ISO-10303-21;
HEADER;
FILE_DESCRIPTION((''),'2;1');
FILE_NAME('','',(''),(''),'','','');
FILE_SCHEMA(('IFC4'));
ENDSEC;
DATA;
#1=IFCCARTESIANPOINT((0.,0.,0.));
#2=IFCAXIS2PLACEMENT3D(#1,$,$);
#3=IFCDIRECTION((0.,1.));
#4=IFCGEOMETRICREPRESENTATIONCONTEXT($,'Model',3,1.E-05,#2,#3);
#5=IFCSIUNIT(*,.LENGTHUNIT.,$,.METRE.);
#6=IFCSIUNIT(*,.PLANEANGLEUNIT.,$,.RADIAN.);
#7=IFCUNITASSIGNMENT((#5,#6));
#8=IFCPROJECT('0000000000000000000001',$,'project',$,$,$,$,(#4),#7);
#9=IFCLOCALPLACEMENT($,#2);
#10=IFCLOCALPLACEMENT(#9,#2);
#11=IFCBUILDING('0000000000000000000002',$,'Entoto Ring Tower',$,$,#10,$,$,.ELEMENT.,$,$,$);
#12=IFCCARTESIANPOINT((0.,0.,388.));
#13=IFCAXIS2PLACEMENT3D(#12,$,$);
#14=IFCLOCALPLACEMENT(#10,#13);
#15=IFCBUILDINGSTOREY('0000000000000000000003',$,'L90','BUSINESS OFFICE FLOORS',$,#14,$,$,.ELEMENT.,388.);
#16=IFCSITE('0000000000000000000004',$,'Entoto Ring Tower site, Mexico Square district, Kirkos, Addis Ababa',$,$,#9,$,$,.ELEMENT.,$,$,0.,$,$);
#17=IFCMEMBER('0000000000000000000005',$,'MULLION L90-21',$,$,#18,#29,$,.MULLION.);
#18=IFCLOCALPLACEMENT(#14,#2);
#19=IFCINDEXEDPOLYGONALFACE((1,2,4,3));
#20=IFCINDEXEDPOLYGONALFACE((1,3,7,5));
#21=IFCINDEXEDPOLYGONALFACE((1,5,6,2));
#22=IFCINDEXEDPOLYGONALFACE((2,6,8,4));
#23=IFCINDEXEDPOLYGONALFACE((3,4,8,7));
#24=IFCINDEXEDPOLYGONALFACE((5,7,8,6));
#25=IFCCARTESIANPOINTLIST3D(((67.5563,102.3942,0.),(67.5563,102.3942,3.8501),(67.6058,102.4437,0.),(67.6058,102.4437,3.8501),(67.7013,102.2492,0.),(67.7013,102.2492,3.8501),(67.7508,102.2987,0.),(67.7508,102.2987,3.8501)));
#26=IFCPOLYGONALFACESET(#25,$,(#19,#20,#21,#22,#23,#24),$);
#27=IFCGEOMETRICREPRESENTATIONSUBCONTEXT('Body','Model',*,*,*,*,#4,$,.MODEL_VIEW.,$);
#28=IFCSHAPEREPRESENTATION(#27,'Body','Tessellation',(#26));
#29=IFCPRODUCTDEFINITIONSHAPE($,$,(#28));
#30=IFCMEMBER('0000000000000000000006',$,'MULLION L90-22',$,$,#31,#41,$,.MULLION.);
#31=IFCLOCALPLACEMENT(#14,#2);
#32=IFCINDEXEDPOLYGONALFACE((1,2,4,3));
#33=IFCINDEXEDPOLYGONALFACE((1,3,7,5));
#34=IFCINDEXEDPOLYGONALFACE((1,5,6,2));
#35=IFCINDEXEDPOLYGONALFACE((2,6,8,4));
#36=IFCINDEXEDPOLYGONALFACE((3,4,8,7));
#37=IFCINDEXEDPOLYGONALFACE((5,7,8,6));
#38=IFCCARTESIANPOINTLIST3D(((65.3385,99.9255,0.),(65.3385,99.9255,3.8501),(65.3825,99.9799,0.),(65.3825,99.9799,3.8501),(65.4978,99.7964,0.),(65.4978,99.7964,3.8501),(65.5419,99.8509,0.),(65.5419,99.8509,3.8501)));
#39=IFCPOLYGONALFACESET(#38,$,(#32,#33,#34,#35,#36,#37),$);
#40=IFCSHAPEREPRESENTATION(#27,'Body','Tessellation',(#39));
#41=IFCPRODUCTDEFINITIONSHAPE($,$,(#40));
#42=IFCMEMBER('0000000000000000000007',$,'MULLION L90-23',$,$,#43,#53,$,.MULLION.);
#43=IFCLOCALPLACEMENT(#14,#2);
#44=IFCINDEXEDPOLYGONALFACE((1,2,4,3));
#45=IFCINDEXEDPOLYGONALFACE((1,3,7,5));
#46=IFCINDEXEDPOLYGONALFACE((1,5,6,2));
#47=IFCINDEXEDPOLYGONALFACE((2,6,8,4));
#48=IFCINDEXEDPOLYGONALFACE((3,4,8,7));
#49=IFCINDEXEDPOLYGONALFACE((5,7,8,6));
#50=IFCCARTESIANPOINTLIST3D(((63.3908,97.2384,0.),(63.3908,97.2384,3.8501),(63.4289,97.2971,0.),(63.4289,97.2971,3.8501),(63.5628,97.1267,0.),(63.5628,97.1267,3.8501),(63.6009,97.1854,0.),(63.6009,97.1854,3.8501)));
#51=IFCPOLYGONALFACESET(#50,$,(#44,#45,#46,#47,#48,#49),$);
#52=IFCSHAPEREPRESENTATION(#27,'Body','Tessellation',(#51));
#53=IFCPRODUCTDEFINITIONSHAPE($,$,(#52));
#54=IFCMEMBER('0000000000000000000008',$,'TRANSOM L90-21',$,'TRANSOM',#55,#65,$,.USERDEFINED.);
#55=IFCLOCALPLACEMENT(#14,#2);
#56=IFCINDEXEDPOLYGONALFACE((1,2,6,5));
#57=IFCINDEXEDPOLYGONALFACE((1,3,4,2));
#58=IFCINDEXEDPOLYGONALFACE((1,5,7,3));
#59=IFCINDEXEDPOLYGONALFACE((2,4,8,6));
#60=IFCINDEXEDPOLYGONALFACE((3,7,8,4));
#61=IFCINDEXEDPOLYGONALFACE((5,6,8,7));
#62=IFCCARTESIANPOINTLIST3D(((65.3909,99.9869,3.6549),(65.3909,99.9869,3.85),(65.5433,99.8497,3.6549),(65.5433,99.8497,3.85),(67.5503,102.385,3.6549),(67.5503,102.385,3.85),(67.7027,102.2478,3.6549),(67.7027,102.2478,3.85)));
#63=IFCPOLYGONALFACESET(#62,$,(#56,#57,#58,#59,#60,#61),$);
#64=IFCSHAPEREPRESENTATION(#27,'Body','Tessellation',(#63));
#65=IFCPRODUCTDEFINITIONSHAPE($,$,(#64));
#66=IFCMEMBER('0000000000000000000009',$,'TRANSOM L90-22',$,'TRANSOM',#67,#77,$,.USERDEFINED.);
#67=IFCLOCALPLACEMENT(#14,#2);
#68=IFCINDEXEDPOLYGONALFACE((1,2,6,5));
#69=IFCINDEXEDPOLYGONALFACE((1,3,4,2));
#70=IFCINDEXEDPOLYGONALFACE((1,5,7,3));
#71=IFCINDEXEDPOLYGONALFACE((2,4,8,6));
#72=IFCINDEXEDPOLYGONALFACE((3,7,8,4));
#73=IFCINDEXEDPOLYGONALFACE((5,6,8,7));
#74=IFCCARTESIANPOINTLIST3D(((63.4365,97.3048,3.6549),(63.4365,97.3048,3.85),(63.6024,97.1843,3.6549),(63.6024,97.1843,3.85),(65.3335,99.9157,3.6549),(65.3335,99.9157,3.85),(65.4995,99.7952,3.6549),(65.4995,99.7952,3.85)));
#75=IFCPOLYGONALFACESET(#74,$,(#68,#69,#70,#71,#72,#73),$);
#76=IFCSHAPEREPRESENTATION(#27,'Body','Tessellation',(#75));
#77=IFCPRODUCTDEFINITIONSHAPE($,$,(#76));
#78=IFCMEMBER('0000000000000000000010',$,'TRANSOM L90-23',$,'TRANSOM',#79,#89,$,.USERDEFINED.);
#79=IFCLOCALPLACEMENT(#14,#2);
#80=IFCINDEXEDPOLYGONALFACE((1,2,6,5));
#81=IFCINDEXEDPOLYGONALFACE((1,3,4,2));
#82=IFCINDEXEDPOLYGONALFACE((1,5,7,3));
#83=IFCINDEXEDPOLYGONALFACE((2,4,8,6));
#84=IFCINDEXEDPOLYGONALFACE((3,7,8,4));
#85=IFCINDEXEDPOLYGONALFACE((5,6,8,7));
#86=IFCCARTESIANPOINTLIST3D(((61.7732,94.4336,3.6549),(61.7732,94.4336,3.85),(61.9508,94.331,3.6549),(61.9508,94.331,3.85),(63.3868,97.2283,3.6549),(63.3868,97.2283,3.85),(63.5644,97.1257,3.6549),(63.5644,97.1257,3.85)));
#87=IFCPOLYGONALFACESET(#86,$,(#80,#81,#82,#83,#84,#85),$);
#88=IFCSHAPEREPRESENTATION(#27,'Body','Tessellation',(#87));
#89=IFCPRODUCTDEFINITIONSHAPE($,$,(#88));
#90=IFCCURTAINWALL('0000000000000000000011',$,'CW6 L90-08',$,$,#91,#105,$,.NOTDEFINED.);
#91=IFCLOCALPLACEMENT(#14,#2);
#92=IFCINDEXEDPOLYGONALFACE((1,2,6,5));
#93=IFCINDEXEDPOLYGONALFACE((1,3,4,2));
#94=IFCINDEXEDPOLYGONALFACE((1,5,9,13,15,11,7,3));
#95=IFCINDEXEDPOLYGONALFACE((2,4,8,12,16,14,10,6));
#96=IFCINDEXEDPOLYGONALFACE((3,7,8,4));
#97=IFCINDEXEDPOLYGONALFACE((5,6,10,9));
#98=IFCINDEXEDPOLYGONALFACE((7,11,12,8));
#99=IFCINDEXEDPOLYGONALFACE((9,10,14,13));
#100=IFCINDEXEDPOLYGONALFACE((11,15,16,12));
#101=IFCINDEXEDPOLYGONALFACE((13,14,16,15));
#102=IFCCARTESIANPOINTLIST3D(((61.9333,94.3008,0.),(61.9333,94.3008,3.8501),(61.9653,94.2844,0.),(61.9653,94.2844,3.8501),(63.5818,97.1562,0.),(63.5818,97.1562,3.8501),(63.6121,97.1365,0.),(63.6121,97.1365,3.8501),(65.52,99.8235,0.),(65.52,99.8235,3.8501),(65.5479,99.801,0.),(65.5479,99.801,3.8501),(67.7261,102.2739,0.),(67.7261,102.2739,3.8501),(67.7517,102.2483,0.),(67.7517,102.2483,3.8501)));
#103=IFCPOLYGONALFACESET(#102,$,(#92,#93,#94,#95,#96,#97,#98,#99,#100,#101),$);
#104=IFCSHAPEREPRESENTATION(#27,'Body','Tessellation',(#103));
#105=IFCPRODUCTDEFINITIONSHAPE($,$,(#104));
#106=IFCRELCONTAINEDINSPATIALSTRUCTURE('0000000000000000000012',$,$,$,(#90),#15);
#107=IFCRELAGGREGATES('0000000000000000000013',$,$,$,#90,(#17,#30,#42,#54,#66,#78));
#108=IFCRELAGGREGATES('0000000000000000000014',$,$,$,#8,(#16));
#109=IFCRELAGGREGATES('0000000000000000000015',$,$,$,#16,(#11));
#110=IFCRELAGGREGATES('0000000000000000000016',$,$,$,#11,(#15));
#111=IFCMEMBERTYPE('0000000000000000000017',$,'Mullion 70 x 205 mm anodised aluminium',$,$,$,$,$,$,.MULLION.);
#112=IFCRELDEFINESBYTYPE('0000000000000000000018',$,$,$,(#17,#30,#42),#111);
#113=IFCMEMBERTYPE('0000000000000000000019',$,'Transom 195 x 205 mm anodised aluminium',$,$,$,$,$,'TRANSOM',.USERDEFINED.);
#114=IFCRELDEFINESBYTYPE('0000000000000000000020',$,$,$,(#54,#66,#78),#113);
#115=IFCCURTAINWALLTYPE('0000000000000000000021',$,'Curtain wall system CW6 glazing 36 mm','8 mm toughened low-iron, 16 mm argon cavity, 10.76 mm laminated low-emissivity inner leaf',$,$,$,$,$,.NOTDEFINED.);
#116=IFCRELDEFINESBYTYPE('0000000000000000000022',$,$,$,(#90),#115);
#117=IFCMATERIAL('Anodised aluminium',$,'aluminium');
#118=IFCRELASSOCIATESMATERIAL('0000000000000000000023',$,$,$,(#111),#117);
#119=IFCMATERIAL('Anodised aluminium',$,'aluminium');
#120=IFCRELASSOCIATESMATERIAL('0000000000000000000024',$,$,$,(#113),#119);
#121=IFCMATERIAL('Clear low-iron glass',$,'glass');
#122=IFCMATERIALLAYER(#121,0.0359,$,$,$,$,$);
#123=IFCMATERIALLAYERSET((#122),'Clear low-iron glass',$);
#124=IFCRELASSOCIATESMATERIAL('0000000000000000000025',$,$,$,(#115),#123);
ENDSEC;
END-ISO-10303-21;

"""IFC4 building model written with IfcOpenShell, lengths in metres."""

from ifc_helpers import new_model, si_unit, direction, frame, origin, origin_2d, place, context, subcontext, project, spatial, polyline, rectangle, outline, extrude, material, layer, layer_set, material_profile, profile_set, type_object, element, aggregate, save


model = new_model("IFC4")

# Units and contexts
model_context = context("Model", 3, precision=1e-05, world=origin(), true_north=direction((0.0, 1.0)))
body_context = subcontext(model_context, "Body", "Model", "MODEL_VIEW")
ifc_project = project(units=[si_unit("LENGTHUNIT", "METRE"), si_unit("PLANEANGLEUNIT", "RADIAN")], contexts=[model_context])

# Members
ifc_material_1 = material(Name="Anodised aluminium", Category="aluminium")
ifc_material_profile_1 = material_profile(ifc_material_1, rectangle(XDim=0.0701, YDim=0.2051, at=origin_2d()), Name="Mullion 70 x 205 mm anodised aluminium")
ifc_profile_set_1 = profile_set([ifc_material_profile_1], Name="Anodised aluminium")
member_type_1 = type_object("IfcMemberType", Name="Mullion 70 x 205 mm anodised aluminium", PredefinedType="MULLION", material=ifc_profile_set_1)
site_placement = place(None, origin())
building_placement = place(site_placement, origin())
storey_placement = place(building_placement, frame((0.0, 0.0, 388.0)))
member_1_placement = place(storey_placement, frame((67.6536, 102.3464, 0.0), z_axis=(0.0, 0.0, 1.0), x_axis=(-0.707107, -0.707107, 0.0)))
member_1 = element("IfcMember", 1, at=member_1_placement, type_object=member_type_1, Name="MULLION L90-21", PredefinedType="MULLION", context=body_context, shape_type="SweptSolid", body=[
    extrude(rectangle(XDim=0.0701, YDim=0.2051, at=origin_2d()), origin(), (0.0, 0.0, 1.0), 3.8501),
])
member_2_placement = place(storey_placement, frame((65.4402, 99.8882, 0.0), z_axis=(0.0, 0.0, 1.0), x_axis=(-0.62932, -0.777146, 0.0)))
member_2 = element("IfcMember", 2, at=member_2_placement, type_object=member_type_1, Name="MULLION L90-22", PredefinedType="MULLION", context=body_context, shape_type="SweptSolid", body=[
    extrude(rectangle(XDim=0.0701, YDim=0.2051, at=origin_2d()), origin(), (0.0, 0.0, 1.0), 3.8501),
])
member_3_placement = place(storey_placement, frame((63.4958, 97.2119, 0.0), z_axis=(0.0, 0.0, 1.0), x_axis=(-0.544639, -0.838671, 0.0)))
member_3 = element("IfcMember", 3, at=member_3_placement, type_object=member_type_1, Name="MULLION L90-23", PredefinedType="MULLION", context=body_context, shape_type="SweptSolid", body=[
    extrude(rectangle(XDim=0.0701, YDim=0.2051, at=origin_2d()), origin(), (0.0, 0.0, 1.0), 3.8501),
])
ifc_material_2 = material(Name="Anodised aluminium", Category="aluminium")
ifc_material_profile_2 = material_profile(ifc_material_2, rectangle(XDim=0.2051, YDim=0.1951, at=origin_2d()), Name="Transom 195 x 205 mm anodised aluminium")
ifc_profile_set_2 = profile_set([ifc_material_profile_2], Name="Anodised aluminium")
member_type_2 = type_object("IfcMemberType", Name="Transom 195 x 205 mm anodised aluminium", ElementType="TRANSOM", PredefinedType="USERDEFINED", material=ifc_profile_set_2)
member_4_placement = place(storey_placement, frame((67.6265, 102.3164, 3.7524), z_axis=(-0.669144, -0.743132, 0.0), x_axis=(0.743132, -0.669144, 0.0)))
member_4 = element("IfcMember", 4, at=member_4_placement, type_object=member_type_2, Name="TRANSOM L90-21", ObjectType="TRANSOM", PredefinedType="USERDEFINED", context=body_context, shape_type="SweptSolid", body=[
    extrude(rectangle(XDim=0.2051, YDim=0.1951, at=origin_2d()), origin(), (0.0, 0.0, 1.0), 3.2271),
])
member_5_placement = place(storey_placement, frame((65.4165, 99.8555, 3.7524), z_axis=(-0.587803, -0.809004, 0.0), x_axis=(0.809004, -0.587803, 0.0)))
member_5 = element("IfcMember", 5, at=member_5_placement, type_object=member_type_2, Name="TRANSOM L90-22", ObjectType="TRANSOM", PredefinedType="USERDEFINED", context=body_context, shape_type="SweptSolid", body=[
    extrude(rectangle(XDim=0.2051, YDim=0.1951, at=origin_2d()), origin(), (0.0, 0.0, 1.0), 3.2273),
])
member_6_placement = place(storey_placement, frame((63.4756, 97.177, 3.7524), z_axis=(-0.500004, -0.866023, 0.0), x_axis=(0.866023, -0.500004, 0.0)))
member_6 = element("IfcMember", 6, at=member_6_placement, type_object=member_type_2, Name="TRANSOM L90-23", ObjectType="TRANSOM", PredefinedType="USERDEFINED", context=body_context, shape_type="SweptSolid", body=[
    extrude(rectangle(XDim=0.2051, YDim=0.1951, at=origin_2d()), origin(), (0.0, 0.0, 1.0), 3.2271),
])

# Site, building, storey
site = spatial("IfcSite", under=ifc_project, at=site_placement, Name="Entoto Ring Tower site, Mexico Square district, Kirkos, Addis Ababa", CompositionType="ELEMENT", RefElevation=0.0)
building = spatial("IfcBuilding", under=site, at=building_placement, Name="Entoto Ring Tower", CompositionType="ELEMENT")
storey = spatial("IfcBuildingStorey", under=building, at=storey_placement, Name="L90", Description="BUSINESS OFFICE FLOORS", CompositionType="ELEMENT", Elevation=388.0)

# Curtain wall
ifc_material_3 = material(Name="Clear low-iron glass", Category="glass")
ifc_layer = layer(ifc_material_3, 0.0359)
ifc_layer_set = layer_set([ifc_layer], Name="Clear low-iron glass")
curtain_wall_type = type_object("IfcCurtainWallType", Name="Curtain wall system CW6 glazing 36 mm", Description="8 mm toughened low-iron, 16 mm argon cavity, 10.76 mm laminated low-emissivity inner leaf", PredefinedType="NOTDEFINED", material=ifc_layer_set)
curtain_wall_1_placement = place(storey_placement, origin())
curtain_wall_1 = element("IfcCurtainWall", 7, at=curtain_wall_1_placement, inside=storey, type_object=curtain_wall_type, Name="CW6 L90-08", PredefinedType="NOTDEFINED", context=body_context, shape_type="SweptSolid", body=[
    extrude(outline(polyline([(67.7261, 102.2739), (65.52, 99.8235), (63.5818, 97.1562), (61.9333, 94.3008), (61.9653, 94.2844), (63.6121, 97.1365), (65.5479, 99.801), (67.7517, 102.2483), (67.7261, 102.2739)])), origin(), (0.0, 0.0, 1.0), 3.8501),
])
aggregate(curtain_wall_1, [member_1, member_2, member_3, member_4, member_5, member_6])

save(model, "model.ifc")
